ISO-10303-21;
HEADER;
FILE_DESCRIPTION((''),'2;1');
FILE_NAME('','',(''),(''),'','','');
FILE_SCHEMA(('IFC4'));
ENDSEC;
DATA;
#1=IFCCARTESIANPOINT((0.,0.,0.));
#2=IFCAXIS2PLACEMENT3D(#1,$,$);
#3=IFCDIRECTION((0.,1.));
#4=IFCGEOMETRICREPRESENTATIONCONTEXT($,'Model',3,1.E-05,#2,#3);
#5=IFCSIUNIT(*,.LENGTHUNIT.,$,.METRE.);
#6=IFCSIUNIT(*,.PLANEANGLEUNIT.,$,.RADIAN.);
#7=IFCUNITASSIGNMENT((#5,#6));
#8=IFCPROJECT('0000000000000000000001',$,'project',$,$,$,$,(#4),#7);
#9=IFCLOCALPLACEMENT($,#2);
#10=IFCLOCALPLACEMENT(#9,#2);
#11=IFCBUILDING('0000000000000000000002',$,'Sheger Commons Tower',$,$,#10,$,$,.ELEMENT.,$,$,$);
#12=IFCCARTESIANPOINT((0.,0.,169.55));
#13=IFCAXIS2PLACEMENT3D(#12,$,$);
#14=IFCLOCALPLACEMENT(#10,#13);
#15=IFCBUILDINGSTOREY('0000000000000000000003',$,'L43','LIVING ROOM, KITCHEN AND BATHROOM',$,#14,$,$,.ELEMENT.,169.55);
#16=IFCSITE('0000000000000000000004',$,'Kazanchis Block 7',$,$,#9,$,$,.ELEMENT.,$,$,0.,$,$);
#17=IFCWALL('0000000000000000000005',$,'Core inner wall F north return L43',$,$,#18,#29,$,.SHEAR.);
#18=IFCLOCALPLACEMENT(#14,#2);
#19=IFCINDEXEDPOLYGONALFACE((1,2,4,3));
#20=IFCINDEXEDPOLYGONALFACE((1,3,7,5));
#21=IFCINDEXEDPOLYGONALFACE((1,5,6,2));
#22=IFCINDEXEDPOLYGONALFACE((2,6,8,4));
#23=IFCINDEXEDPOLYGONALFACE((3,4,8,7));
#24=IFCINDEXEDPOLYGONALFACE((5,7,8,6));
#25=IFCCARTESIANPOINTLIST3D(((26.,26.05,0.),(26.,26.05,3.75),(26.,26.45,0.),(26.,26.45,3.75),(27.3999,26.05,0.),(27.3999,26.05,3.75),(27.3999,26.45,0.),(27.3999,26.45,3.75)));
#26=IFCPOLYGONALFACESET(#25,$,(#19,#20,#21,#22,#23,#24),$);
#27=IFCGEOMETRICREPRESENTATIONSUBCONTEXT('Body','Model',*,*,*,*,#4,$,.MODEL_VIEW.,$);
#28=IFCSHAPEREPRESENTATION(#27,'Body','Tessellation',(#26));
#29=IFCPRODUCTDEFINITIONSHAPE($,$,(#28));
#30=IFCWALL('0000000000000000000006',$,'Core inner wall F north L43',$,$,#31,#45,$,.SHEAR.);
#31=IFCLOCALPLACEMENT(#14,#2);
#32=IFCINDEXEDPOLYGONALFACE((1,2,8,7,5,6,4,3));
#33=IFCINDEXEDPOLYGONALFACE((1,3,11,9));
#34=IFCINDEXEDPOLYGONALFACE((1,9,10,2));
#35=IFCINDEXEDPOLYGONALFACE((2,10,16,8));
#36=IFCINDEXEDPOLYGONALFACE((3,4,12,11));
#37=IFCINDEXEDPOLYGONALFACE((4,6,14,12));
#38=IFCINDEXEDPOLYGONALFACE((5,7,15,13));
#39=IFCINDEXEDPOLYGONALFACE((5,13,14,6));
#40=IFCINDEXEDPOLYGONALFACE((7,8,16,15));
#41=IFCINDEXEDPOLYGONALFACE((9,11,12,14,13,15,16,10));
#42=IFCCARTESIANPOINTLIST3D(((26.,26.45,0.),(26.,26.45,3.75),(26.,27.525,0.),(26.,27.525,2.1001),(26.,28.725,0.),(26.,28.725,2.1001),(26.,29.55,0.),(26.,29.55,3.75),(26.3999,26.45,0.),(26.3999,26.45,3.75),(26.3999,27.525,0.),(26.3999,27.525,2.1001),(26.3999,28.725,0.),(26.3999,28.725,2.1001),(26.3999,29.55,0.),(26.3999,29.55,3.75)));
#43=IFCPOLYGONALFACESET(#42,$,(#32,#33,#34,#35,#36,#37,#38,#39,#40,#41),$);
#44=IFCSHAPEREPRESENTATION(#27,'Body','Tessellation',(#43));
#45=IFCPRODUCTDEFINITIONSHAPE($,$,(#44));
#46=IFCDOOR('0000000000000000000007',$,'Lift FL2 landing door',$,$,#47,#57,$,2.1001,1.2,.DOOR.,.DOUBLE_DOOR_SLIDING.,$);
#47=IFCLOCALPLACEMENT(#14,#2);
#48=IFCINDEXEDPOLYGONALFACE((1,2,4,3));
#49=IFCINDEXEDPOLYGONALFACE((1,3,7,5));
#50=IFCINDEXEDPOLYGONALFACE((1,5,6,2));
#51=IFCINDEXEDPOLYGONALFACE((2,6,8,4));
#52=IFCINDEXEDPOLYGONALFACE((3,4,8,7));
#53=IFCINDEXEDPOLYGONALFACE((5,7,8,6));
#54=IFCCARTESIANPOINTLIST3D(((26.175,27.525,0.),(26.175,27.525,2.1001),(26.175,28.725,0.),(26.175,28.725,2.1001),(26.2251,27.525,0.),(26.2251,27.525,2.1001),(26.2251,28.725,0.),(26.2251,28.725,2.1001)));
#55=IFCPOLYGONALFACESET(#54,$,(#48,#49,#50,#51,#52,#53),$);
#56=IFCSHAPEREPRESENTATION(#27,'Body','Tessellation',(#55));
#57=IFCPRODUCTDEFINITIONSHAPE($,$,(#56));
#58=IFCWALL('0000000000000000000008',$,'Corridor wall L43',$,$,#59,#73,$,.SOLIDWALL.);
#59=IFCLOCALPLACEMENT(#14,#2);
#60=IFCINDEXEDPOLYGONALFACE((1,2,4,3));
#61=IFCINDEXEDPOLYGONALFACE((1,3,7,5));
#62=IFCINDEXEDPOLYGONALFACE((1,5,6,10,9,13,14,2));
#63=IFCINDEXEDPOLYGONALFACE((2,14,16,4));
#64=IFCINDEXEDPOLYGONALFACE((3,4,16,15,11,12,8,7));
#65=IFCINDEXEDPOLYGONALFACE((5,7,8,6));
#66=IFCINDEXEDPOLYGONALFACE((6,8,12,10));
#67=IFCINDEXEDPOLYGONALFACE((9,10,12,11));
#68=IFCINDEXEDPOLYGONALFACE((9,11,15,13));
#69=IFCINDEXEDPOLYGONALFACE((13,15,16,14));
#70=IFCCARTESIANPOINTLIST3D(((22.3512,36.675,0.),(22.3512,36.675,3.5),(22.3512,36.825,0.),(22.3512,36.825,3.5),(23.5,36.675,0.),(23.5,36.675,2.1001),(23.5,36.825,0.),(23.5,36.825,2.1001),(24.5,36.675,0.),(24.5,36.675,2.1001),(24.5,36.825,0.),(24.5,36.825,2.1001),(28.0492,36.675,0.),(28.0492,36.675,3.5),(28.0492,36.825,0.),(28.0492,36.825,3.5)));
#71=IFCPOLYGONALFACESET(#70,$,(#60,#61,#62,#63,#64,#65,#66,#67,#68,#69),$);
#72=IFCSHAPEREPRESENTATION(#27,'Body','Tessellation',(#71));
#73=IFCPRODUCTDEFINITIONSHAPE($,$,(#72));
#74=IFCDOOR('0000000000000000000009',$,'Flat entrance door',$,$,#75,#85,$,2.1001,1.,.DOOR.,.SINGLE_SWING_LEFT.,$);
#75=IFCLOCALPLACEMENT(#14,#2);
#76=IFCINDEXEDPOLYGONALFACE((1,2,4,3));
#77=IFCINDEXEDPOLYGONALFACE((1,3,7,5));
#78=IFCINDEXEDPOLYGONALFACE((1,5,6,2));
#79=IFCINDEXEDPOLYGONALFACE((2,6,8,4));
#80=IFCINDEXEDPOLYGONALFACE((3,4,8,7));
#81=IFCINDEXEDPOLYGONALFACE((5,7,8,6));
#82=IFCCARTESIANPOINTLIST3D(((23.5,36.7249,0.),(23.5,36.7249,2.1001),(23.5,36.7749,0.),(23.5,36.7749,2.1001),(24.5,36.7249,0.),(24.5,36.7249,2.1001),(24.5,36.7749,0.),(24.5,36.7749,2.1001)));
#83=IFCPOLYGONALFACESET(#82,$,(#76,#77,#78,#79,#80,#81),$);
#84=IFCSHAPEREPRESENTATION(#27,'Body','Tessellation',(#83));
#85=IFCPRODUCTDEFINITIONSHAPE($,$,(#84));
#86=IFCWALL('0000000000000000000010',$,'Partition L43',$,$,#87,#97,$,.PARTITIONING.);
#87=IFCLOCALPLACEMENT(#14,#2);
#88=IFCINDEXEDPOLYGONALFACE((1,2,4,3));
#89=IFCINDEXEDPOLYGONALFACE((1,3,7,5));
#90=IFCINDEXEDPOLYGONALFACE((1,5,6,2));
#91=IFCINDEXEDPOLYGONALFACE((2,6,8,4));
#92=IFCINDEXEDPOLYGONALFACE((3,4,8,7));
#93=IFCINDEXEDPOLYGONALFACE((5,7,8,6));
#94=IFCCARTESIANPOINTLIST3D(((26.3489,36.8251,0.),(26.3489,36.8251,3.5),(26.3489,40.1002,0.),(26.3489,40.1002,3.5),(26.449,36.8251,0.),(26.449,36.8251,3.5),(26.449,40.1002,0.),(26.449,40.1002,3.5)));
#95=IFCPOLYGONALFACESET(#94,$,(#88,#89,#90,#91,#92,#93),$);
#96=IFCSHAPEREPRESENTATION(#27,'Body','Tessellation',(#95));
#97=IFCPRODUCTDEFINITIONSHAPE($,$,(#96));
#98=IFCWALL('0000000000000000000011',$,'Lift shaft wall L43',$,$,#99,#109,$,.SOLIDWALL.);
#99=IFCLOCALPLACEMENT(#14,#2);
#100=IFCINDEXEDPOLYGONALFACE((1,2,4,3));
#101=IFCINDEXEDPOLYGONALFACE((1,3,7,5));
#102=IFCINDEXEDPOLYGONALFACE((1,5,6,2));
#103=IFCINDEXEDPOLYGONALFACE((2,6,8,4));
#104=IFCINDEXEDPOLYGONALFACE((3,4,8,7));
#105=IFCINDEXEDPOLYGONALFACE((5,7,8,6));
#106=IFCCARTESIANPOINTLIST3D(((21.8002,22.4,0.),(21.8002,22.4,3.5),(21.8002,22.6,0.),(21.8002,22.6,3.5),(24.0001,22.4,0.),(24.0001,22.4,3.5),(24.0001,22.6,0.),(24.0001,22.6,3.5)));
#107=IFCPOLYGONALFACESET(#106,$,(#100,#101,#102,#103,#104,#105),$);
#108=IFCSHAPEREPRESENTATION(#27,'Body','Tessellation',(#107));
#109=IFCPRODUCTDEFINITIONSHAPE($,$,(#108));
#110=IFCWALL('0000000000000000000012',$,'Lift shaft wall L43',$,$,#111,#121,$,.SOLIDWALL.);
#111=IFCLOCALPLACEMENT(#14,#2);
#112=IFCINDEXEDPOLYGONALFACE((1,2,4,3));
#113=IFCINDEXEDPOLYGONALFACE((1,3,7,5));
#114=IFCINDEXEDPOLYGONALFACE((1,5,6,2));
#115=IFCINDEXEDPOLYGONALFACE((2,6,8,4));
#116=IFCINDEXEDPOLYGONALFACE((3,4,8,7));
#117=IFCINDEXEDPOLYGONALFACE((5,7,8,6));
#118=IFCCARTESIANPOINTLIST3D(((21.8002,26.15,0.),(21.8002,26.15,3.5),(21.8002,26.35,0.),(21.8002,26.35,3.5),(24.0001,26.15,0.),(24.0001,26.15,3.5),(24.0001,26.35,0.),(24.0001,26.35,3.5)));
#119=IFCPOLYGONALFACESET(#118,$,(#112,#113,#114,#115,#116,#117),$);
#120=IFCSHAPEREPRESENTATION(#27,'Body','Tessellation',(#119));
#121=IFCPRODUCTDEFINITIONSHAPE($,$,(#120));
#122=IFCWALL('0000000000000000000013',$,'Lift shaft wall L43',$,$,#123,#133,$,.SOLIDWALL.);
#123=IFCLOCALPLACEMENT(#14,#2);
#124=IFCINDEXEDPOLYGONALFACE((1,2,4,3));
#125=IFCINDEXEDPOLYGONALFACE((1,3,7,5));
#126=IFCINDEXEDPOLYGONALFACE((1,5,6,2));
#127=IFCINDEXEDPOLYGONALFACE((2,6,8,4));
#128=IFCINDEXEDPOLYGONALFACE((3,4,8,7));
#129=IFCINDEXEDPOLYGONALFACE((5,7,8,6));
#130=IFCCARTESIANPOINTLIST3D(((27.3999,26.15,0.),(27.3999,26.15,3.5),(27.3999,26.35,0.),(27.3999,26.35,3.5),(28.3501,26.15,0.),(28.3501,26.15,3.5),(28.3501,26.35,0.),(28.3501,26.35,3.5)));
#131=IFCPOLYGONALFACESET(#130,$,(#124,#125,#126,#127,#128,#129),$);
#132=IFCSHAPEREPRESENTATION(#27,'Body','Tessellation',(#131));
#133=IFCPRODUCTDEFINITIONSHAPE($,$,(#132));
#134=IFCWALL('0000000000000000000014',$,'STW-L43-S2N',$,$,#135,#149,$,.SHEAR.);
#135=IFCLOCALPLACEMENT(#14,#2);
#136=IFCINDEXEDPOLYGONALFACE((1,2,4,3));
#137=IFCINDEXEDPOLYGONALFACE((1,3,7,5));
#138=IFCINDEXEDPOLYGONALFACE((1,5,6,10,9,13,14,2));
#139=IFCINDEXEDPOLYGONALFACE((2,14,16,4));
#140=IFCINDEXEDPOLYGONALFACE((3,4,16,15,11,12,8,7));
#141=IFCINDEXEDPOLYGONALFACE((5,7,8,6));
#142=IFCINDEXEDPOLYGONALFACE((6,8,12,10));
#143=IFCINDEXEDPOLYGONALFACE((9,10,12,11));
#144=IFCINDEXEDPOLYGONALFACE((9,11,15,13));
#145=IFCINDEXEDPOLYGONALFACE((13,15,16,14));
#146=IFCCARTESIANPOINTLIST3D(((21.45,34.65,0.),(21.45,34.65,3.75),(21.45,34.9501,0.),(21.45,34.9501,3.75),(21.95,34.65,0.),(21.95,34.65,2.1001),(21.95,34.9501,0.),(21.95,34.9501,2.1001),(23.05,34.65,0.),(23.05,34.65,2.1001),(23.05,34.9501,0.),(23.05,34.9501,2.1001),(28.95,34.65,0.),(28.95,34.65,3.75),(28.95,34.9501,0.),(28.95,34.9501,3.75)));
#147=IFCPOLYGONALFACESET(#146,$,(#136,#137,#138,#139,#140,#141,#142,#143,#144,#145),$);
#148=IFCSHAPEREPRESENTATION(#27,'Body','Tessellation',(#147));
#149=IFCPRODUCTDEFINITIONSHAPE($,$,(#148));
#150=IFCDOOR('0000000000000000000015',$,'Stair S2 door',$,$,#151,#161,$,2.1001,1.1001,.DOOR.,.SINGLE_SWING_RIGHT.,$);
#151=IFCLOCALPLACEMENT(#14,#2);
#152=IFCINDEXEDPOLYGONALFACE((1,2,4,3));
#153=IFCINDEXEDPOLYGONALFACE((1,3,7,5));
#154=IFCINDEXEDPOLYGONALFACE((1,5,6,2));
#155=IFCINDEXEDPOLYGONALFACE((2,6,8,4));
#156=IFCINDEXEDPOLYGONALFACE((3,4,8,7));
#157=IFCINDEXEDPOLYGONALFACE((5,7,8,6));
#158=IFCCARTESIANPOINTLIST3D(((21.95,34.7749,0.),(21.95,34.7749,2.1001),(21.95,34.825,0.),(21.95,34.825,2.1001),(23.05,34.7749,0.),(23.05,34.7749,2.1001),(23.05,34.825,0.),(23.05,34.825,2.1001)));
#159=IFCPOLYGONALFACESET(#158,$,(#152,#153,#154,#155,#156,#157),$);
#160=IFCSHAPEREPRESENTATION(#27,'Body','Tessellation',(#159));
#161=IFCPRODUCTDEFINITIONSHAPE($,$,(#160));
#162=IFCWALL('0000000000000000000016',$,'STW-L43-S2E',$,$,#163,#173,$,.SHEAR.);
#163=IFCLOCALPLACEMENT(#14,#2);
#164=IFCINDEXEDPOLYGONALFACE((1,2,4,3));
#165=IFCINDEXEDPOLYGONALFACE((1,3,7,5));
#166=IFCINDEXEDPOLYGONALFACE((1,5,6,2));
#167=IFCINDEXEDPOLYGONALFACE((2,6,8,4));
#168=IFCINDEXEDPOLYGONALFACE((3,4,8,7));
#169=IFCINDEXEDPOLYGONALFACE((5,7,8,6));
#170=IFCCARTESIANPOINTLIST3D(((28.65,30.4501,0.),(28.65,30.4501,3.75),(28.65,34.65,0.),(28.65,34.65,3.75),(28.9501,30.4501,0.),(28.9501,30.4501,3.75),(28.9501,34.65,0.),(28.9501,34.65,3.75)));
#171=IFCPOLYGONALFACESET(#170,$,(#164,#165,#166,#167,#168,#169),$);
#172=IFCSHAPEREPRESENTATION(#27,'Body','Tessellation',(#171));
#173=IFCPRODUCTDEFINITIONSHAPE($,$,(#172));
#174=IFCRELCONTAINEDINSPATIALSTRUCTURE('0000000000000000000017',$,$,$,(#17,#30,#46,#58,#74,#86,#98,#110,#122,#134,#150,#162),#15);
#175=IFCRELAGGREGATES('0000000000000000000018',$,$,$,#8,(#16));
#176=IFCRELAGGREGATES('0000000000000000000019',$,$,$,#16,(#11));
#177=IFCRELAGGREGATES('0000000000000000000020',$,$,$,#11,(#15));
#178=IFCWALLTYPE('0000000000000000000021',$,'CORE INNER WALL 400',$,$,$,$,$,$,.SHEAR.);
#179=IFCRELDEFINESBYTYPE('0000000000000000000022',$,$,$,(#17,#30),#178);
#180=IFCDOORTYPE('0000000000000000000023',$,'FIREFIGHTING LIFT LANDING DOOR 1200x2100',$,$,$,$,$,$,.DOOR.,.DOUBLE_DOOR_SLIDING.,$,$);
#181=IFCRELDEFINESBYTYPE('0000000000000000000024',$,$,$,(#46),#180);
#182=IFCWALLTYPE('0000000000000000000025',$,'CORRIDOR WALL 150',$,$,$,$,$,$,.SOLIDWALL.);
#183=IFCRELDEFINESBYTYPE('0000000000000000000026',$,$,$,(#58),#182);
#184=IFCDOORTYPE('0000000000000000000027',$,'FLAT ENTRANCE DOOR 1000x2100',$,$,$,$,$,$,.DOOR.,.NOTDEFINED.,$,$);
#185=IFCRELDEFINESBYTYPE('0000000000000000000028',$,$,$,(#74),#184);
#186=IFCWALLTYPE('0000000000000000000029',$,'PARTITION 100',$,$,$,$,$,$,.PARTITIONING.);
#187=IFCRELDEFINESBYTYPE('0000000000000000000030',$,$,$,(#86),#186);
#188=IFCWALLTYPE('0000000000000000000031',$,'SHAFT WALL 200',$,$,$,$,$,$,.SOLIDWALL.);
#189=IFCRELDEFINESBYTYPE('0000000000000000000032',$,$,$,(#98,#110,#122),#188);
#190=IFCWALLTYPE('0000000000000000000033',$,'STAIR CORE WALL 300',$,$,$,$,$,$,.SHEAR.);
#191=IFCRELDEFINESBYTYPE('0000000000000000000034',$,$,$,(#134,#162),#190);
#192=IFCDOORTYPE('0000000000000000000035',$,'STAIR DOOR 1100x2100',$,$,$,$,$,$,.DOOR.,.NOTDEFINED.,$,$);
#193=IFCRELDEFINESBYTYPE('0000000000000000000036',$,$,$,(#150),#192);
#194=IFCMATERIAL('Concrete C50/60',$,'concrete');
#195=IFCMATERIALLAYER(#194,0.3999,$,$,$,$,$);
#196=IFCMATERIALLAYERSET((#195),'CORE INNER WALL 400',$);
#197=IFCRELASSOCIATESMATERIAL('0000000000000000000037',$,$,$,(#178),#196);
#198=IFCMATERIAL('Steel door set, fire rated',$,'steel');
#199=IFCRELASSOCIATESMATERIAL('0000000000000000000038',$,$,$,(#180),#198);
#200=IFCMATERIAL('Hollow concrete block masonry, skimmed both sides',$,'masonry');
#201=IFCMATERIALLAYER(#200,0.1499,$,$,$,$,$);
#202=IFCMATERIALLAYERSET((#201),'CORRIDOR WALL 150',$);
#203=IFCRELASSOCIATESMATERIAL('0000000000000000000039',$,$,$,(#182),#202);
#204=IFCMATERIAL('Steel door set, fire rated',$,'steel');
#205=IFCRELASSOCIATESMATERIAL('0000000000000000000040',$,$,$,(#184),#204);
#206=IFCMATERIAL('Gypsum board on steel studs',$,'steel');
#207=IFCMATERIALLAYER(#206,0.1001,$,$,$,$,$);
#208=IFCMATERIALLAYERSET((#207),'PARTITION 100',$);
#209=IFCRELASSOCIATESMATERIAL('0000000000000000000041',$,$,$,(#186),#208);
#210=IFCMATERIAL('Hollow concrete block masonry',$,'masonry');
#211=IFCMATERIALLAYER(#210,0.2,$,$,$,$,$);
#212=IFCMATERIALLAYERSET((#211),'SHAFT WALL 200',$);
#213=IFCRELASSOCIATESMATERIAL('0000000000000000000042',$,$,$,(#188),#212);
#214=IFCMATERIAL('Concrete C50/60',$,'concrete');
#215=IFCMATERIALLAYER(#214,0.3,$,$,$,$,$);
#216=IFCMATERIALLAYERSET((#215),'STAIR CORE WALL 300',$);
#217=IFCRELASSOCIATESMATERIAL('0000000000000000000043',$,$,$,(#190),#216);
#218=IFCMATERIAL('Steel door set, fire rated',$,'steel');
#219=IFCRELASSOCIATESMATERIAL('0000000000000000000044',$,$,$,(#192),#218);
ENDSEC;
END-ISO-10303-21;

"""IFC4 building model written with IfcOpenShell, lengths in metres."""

from ifc_helpers import new_model, si_unit, direction, frame, frame_2d, origin, place, context, subcontext, project, spatial, rectangle, extrude, material, layer, layer_set, type_object, element, fill, save


model = new_model("IFC4")

# Units and contexts
model_context = context("Model", 3, precision=1e-05, world=origin(), true_north=direction((0.0, 1.0)))
body_context = subcontext(model_context, "Body", "Model", "MODEL_VIEW")
ifc_project = project(units=[si_unit("LENGTHUNIT", "METRE"), si_unit("PLANEANGLEUNIT", "RADIAN")], contexts=[model_context])

# Site, building, storey
site_placement = place(None, origin())
site = spatial("IfcSite", under=ifc_project, at=site_placement, Name="Kazanchis Block 7", CompositionType="ELEMENT", RefElevation=0.0)
building_placement = place(site_placement, origin())
building = spatial("IfcBuilding", under=site, at=building_placement, Name="Sheger Commons Tower", CompositionType="ELEMENT")
storey_placement = place(building_placement, frame((0.0, 0.0, 169.55)))
storey = spatial("IfcBuildingStorey", under=building, at=storey_placement, Name="L43", Description="LIVING ROOM, KITCHEN AND BATHROOM", CompositionType="ELEMENT", Elevation=169.55)

# Wall
ifc_material_1 = material(Name="Concrete C50/60", Category="concrete")
ifc_layer_1 = layer(ifc_material_1, 0.3999)
ifc_layer_set_1 = layer_set([ifc_layer_1], Name="CORE INNER WALL 400")
wall_type_1 = type_object("IfcWallType", Name="CORE INNER WALL 400", PredefinedType="SHEAR", material=ifc_layer_set_1)
wall_1_placement = place(storey_placement, frame((26.0, 26.25, 0.0), z_axis=(0.0, 0.0, 1.0), x_axis=(1.0, 0.0, 0.0)))
element("IfcWall", 1, at=wall_1_placement, inside=storey, type_object=wall_type_1, Name="Core inner wall F north return L43", PredefinedType="SHEAR", context=body_context, shape_type="SweptSolid", body=[
    extrude(rectangle(XDim=1.3999, YDim=0.3999, at=frame_2d((0.7, 0.0))), origin(), (0.0, 0.0, 1.0), 3.75),
])

# Walls, openings, doors
wall_2_placement = place(storey_placement, frame((26.2, 26.45, 0.0), z_axis=(0.0, 0.0, 1.0), x_axis=(0.0, 1.0, 0.0)))
wall_2 = element("IfcWall", 2, at=wall_2_placement, inside=storey, type_object=wall_type_1, Name="Core inner wall F north L43", PredefinedType="SHEAR", context=body_context, shape_type="SweptSolid", body=[
    extrude(rectangle(XDim=3.1001, YDim=0.3999, at=frame_2d((1.55, 0.0))), origin(), (0.0, 0.0, 1.0), 3.75),
])
opening_1_placement = place(wall_2_placement, frame((1.075, 0.0, 0.0)))
opening_1 = element("IfcOpeningElement", 3, at=opening_1_placement, cuts=wall_2, PredefinedType="OPENING", context=body_context, shape_type="SweptSolid", body=[
    extrude(rectangle(XDim=1.2, YDim=2.1001, at=frame_2d((0.6001, 1.05))), frame((0.0, 0.21, 0.0), z_axis=(0.0, -1.0, 0.0), x_axis=(1.0, 0.0, 0.0)), (0.0, 0.0, 1.0), 0.4199),
])
ifc_material_2 = material(Name="Steel door set, fire rated", Category="steel")
door_type_1 = type_object("IfcDoorType", Name="FIREFIGHTING LIFT LANDING DOOR 1200x2100", OperationType="DOUBLE_DOOR_SLIDING", PredefinedType="DOOR", material=ifc_material_2)
door_1_placement = place(opening_1_placement, origin())
door_1 = element("IfcDoor", 4, at=door_1_placement, inside=storey, type_object=door_type_1, Name="Lift FL2 landing door", OperationType="DOUBLE_DOOR_SLIDING", OverallHeight=2.1001, OverallWidth=1.2, PredefinedType="DOOR", context=body_context, shape_type="SweptSolid", body=[
    extrude(rectangle(XDim=1.2, YDim=2.1001, at=frame_2d((0.6001, 1.05))), frame((0.0, 0.0249, 0.0), z_axis=(0.0, -1.0, 0.0), x_axis=(1.0, 0.0, 0.0)), (0.0, 0.0, 1.0), 0.05),
])
fill(opening_1, door_1)
ifc_material_3 = material(Name="Hollow concrete block masonry, skimmed both sides", Category="masonry")
ifc_layer_2 = layer(ifc_material_3, 0.1499)
ifc_layer_set_2 = layer_set([ifc_layer_2], Name="CORRIDOR WALL 150")
wall_type_2 = type_object("IfcWallType", Name="CORRIDOR WALL 150", PredefinedType="SOLIDWALL", material=ifc_layer_set_2)
wall_3_placement = place(storey_placement, frame((22.3511, 36.75, 0.0), z_axis=(0.0, 0.0, 1.0), x_axis=(1.0, 0.0, 0.0)))
wall_3 = element("IfcWall", 5, at=wall_3_placement, inside=storey, type_object=wall_type_2, Name="Corridor wall L43", PredefinedType="SOLIDWALL", context=body_context, shape_type="SweptSolid", body=[
    extrude(rectangle(XDim=5.698, YDim=0.1499, at=frame_2d((2.8491, 0.0))), origin(), (0.0, 0.0, 1.0), 3.5),
])
opening_2_placement = place(wall_3_placement, frame((1.1489, 0.0, 0.0)))
opening_2 = element("IfcOpeningElement", 6, at=opening_2_placement, cuts=wall_3, PredefinedType="OPENING", context=body_context, shape_type="SweptSolid", body=[
    extrude(rectangle(XDim=1.0, YDim=2.1001, at=frame_2d((0.5, 1.05))), frame((0.0, 0.085, 0.0), z_axis=(0.0, -1.0, 0.0), x_axis=(1.0, 0.0, 0.0)), (0.0, 0.0, 1.0), 0.1699),
])
ifc_material_4 = material(Name="Steel door set, fire rated", Category="steel")
door_type_2 = type_object("IfcDoorType", Name="FLAT ENTRANCE DOOR 1000x2100", OperationType="NOTDEFINED", PredefinedType="DOOR", material=ifc_material_4)
door_2_placement = place(opening_2_placement, origin())
door_2 = element("IfcDoor", 7, at=door_2_placement, inside=storey, type_object=door_type_2, Name="Flat entrance door", OperationType="SINGLE_SWING_LEFT", OverallHeight=2.1001, OverallWidth=1.0, PredefinedType="DOOR", context=body_context, shape_type="SweptSolid", body=[
    extrude(rectangle(XDim=1.0, YDim=2.1001, at=frame_2d((0.5, 1.05))), frame((0.0, 0.0249, 0.0), z_axis=(0.0, -1.0, 0.0), x_axis=(1.0, 0.0, 0.0)), (0.0, 0.0, 1.0), 0.05),
])
fill(opening_2, door_2)

# Walls
ifc_material_5 = material(Name="Gypsum board on steel studs", Category="steel")
ifc_layer_3 = layer(ifc_material_5, 0.1001)
ifc_layer_set_3 = layer_set([ifc_layer_3], Name="PARTITION 100")
wall_type_3 = type_object("IfcWallType", Name="PARTITION 100", PredefinedType="PARTITIONING", material=ifc_layer_set_3)
wall_4_placement = place(storey_placement, frame((26.3989, 36.825, 0.0), z_axis=(0.0, 0.0, 1.0), x_axis=(0.0, 1.0, 0.0)))
element("IfcWall", 8, at=wall_4_placement, inside=storey, type_object=wall_type_3, Name="Partition L43", PredefinedType="PARTITIONING", context=body_context, shape_type="SweptSolid", body=[
    extrude(rectangle(XDim=3.2751, YDim=0.1001, at=frame_2d((1.6377, 0.0))), origin(), (0.0, 0.0, 1.0), 3.5),
])
ifc_material_6 = material(Name="Hollow concrete block masonry", Category="masonry")
ifc_layer_4 = layer(ifc_material_6, 0.2)
ifc_layer_set_4 = layer_set([ifc_layer_4], Name="SHAFT WALL 200")
wall_type_4 = type_object("IfcWallType", Name="SHAFT WALL 200", PredefinedType="SOLIDWALL", material=ifc_layer_set_4)
for number, where, z_axis, x_axis, name in (
    (9, (21.8, 22.5, 0.0), (0.0, 0.0, 1.0), (1.0, 0.0, 0.0), "Lift shaft wall L43"),
    (10, (21.8, 26.25, 0.0), (0.0, 0.0, 1.0), (1.0, 0.0, 0.0), "Lift shaft wall L43"),
):
    element("IfcWall", number, at=place(storey_placement, frame(where, z_axis=z_axis, x_axis=x_axis)), inside=storey, type_object=wall_type_4, Name=name, PredefinedType="SOLIDWALL", context=body_context, shape_type="SweptSolid", body=[
        extrude(rectangle(XDim=2.2, YDim=0.2, at=frame_2d((1.1001, 0.0))), origin(), (0.0, 0.0, 1.0), 3.5),
    ])
wall_5_placement = place(storey_placement, frame((27.3999, 26.25, 0.0), z_axis=(0.0, 0.0, 1.0), x_axis=(1.0, 0.0, 0.0)))
element("IfcWall", 11, at=wall_5_placement, inside=storey, type_object=wall_type_4, Name="Lift shaft wall L43", PredefinedType="SOLIDWALL", context=body_context, shape_type="SweptSolid", body=[
    extrude(rectangle(XDim=0.9502, YDim=0.2, at=frame_2d((0.4751, 0.0))), origin(), (0.0, 0.0, 1.0), 3.5),
])

# Wall, opening, door
ifc_material_7 = material(Name="Concrete C50/60", Category="concrete")
ifc_layer_5 = layer(ifc_material_7, 0.3)
ifc_layer_set_5 = layer_set([ifc_layer_5], Name="STAIR CORE WALL 300")
wall_type_5 = type_object("IfcWallType", Name="STAIR CORE WALL 300", PredefinedType="SHEAR", material=ifc_layer_set_5)
wall_6_placement = place(storey_placement, frame((21.45, 34.8, 0.0), z_axis=(0.0, 0.0, 1.0), x_axis=(1.0, 0.0, 0.0)))
wall_6 = element("IfcWall", 12, at=wall_6_placement, inside=storey, type_object=wall_type_5, Name="STW-L43-S2N", PredefinedType="SHEAR", context=body_context, shape_type="SweptSolid", body=[
    extrude(rectangle(XDim=7.5, YDim=0.3, at=frame_2d((3.75, 0.0))), origin(), (0.0, 0.0, 1.0), 3.75),
])
opening_3_placement = place(wall_6_placement, frame((0.5, 0.0, 0.0)))
opening_3 = element("IfcOpeningElement", 13, at=opening_3_placement, cuts=wall_6, PredefinedType="OPENING", context=body_context, shape_type="SweptSolid", body=[
    extrude(rectangle(XDim=1.1001, YDim=2.1001, at=frame_2d((0.55, 1.05))), frame((0.0, 0.1599, 0.0), z_axis=(0.0, -1.0, 0.0), x_axis=(1.0, 0.0, 0.0)), (0.0, 0.0, 1.0), 0.3201),
])
ifc_material_8 = material(Name="Steel door set, fire rated", Category="steel")
door_type_3 = type_object("IfcDoorType", Name="STAIR DOOR 1100x2100", OperationType="NOTDEFINED", PredefinedType="DOOR", material=ifc_material_8)
door_3_placement = place(opening_3_placement, origin())
door_3 = element("IfcDoor", 14, at=door_3_placement, inside=storey, type_object=door_type_3, Name="Stair S2 door", OperationType="SINGLE_SWING_RIGHT", OverallHeight=2.1001, OverallWidth=1.1001, PredefinedType="DOOR", context=body_context, shape_type="SweptSolid", body=[
    extrude(rectangle(XDim=1.1001, YDim=2.1001, at=frame_2d((0.55, 1.05))), frame((0.0, 0.0249, 0.0), z_axis=(0.0, -1.0, 0.0), x_axis=(1.0, 0.0, 0.0)), (0.0, 0.0, 1.0), 0.05),
])
fill(opening_3, door_3)

# Wall
wall_7_placement = place(storey_placement, frame((28.8, 30.45, 0.0), z_axis=(0.0, 0.0, 1.0), x_axis=(0.0, 1.0, 0.0)))
element("IfcWall", 15, at=wall_7_placement, inside=storey, type_object=wall_type_5, Name="STW-L43-S2E", PredefinedType="SHEAR", context=body_context, shape_type="SweptSolid", body=[
    extrude(rectangle(XDim=4.2, YDim=0.3, at=frame_2d((2.1001, 0.0))), origin(), (0.0, 0.0, 1.0), 3.75),
])

save(model, "model.ifc")
